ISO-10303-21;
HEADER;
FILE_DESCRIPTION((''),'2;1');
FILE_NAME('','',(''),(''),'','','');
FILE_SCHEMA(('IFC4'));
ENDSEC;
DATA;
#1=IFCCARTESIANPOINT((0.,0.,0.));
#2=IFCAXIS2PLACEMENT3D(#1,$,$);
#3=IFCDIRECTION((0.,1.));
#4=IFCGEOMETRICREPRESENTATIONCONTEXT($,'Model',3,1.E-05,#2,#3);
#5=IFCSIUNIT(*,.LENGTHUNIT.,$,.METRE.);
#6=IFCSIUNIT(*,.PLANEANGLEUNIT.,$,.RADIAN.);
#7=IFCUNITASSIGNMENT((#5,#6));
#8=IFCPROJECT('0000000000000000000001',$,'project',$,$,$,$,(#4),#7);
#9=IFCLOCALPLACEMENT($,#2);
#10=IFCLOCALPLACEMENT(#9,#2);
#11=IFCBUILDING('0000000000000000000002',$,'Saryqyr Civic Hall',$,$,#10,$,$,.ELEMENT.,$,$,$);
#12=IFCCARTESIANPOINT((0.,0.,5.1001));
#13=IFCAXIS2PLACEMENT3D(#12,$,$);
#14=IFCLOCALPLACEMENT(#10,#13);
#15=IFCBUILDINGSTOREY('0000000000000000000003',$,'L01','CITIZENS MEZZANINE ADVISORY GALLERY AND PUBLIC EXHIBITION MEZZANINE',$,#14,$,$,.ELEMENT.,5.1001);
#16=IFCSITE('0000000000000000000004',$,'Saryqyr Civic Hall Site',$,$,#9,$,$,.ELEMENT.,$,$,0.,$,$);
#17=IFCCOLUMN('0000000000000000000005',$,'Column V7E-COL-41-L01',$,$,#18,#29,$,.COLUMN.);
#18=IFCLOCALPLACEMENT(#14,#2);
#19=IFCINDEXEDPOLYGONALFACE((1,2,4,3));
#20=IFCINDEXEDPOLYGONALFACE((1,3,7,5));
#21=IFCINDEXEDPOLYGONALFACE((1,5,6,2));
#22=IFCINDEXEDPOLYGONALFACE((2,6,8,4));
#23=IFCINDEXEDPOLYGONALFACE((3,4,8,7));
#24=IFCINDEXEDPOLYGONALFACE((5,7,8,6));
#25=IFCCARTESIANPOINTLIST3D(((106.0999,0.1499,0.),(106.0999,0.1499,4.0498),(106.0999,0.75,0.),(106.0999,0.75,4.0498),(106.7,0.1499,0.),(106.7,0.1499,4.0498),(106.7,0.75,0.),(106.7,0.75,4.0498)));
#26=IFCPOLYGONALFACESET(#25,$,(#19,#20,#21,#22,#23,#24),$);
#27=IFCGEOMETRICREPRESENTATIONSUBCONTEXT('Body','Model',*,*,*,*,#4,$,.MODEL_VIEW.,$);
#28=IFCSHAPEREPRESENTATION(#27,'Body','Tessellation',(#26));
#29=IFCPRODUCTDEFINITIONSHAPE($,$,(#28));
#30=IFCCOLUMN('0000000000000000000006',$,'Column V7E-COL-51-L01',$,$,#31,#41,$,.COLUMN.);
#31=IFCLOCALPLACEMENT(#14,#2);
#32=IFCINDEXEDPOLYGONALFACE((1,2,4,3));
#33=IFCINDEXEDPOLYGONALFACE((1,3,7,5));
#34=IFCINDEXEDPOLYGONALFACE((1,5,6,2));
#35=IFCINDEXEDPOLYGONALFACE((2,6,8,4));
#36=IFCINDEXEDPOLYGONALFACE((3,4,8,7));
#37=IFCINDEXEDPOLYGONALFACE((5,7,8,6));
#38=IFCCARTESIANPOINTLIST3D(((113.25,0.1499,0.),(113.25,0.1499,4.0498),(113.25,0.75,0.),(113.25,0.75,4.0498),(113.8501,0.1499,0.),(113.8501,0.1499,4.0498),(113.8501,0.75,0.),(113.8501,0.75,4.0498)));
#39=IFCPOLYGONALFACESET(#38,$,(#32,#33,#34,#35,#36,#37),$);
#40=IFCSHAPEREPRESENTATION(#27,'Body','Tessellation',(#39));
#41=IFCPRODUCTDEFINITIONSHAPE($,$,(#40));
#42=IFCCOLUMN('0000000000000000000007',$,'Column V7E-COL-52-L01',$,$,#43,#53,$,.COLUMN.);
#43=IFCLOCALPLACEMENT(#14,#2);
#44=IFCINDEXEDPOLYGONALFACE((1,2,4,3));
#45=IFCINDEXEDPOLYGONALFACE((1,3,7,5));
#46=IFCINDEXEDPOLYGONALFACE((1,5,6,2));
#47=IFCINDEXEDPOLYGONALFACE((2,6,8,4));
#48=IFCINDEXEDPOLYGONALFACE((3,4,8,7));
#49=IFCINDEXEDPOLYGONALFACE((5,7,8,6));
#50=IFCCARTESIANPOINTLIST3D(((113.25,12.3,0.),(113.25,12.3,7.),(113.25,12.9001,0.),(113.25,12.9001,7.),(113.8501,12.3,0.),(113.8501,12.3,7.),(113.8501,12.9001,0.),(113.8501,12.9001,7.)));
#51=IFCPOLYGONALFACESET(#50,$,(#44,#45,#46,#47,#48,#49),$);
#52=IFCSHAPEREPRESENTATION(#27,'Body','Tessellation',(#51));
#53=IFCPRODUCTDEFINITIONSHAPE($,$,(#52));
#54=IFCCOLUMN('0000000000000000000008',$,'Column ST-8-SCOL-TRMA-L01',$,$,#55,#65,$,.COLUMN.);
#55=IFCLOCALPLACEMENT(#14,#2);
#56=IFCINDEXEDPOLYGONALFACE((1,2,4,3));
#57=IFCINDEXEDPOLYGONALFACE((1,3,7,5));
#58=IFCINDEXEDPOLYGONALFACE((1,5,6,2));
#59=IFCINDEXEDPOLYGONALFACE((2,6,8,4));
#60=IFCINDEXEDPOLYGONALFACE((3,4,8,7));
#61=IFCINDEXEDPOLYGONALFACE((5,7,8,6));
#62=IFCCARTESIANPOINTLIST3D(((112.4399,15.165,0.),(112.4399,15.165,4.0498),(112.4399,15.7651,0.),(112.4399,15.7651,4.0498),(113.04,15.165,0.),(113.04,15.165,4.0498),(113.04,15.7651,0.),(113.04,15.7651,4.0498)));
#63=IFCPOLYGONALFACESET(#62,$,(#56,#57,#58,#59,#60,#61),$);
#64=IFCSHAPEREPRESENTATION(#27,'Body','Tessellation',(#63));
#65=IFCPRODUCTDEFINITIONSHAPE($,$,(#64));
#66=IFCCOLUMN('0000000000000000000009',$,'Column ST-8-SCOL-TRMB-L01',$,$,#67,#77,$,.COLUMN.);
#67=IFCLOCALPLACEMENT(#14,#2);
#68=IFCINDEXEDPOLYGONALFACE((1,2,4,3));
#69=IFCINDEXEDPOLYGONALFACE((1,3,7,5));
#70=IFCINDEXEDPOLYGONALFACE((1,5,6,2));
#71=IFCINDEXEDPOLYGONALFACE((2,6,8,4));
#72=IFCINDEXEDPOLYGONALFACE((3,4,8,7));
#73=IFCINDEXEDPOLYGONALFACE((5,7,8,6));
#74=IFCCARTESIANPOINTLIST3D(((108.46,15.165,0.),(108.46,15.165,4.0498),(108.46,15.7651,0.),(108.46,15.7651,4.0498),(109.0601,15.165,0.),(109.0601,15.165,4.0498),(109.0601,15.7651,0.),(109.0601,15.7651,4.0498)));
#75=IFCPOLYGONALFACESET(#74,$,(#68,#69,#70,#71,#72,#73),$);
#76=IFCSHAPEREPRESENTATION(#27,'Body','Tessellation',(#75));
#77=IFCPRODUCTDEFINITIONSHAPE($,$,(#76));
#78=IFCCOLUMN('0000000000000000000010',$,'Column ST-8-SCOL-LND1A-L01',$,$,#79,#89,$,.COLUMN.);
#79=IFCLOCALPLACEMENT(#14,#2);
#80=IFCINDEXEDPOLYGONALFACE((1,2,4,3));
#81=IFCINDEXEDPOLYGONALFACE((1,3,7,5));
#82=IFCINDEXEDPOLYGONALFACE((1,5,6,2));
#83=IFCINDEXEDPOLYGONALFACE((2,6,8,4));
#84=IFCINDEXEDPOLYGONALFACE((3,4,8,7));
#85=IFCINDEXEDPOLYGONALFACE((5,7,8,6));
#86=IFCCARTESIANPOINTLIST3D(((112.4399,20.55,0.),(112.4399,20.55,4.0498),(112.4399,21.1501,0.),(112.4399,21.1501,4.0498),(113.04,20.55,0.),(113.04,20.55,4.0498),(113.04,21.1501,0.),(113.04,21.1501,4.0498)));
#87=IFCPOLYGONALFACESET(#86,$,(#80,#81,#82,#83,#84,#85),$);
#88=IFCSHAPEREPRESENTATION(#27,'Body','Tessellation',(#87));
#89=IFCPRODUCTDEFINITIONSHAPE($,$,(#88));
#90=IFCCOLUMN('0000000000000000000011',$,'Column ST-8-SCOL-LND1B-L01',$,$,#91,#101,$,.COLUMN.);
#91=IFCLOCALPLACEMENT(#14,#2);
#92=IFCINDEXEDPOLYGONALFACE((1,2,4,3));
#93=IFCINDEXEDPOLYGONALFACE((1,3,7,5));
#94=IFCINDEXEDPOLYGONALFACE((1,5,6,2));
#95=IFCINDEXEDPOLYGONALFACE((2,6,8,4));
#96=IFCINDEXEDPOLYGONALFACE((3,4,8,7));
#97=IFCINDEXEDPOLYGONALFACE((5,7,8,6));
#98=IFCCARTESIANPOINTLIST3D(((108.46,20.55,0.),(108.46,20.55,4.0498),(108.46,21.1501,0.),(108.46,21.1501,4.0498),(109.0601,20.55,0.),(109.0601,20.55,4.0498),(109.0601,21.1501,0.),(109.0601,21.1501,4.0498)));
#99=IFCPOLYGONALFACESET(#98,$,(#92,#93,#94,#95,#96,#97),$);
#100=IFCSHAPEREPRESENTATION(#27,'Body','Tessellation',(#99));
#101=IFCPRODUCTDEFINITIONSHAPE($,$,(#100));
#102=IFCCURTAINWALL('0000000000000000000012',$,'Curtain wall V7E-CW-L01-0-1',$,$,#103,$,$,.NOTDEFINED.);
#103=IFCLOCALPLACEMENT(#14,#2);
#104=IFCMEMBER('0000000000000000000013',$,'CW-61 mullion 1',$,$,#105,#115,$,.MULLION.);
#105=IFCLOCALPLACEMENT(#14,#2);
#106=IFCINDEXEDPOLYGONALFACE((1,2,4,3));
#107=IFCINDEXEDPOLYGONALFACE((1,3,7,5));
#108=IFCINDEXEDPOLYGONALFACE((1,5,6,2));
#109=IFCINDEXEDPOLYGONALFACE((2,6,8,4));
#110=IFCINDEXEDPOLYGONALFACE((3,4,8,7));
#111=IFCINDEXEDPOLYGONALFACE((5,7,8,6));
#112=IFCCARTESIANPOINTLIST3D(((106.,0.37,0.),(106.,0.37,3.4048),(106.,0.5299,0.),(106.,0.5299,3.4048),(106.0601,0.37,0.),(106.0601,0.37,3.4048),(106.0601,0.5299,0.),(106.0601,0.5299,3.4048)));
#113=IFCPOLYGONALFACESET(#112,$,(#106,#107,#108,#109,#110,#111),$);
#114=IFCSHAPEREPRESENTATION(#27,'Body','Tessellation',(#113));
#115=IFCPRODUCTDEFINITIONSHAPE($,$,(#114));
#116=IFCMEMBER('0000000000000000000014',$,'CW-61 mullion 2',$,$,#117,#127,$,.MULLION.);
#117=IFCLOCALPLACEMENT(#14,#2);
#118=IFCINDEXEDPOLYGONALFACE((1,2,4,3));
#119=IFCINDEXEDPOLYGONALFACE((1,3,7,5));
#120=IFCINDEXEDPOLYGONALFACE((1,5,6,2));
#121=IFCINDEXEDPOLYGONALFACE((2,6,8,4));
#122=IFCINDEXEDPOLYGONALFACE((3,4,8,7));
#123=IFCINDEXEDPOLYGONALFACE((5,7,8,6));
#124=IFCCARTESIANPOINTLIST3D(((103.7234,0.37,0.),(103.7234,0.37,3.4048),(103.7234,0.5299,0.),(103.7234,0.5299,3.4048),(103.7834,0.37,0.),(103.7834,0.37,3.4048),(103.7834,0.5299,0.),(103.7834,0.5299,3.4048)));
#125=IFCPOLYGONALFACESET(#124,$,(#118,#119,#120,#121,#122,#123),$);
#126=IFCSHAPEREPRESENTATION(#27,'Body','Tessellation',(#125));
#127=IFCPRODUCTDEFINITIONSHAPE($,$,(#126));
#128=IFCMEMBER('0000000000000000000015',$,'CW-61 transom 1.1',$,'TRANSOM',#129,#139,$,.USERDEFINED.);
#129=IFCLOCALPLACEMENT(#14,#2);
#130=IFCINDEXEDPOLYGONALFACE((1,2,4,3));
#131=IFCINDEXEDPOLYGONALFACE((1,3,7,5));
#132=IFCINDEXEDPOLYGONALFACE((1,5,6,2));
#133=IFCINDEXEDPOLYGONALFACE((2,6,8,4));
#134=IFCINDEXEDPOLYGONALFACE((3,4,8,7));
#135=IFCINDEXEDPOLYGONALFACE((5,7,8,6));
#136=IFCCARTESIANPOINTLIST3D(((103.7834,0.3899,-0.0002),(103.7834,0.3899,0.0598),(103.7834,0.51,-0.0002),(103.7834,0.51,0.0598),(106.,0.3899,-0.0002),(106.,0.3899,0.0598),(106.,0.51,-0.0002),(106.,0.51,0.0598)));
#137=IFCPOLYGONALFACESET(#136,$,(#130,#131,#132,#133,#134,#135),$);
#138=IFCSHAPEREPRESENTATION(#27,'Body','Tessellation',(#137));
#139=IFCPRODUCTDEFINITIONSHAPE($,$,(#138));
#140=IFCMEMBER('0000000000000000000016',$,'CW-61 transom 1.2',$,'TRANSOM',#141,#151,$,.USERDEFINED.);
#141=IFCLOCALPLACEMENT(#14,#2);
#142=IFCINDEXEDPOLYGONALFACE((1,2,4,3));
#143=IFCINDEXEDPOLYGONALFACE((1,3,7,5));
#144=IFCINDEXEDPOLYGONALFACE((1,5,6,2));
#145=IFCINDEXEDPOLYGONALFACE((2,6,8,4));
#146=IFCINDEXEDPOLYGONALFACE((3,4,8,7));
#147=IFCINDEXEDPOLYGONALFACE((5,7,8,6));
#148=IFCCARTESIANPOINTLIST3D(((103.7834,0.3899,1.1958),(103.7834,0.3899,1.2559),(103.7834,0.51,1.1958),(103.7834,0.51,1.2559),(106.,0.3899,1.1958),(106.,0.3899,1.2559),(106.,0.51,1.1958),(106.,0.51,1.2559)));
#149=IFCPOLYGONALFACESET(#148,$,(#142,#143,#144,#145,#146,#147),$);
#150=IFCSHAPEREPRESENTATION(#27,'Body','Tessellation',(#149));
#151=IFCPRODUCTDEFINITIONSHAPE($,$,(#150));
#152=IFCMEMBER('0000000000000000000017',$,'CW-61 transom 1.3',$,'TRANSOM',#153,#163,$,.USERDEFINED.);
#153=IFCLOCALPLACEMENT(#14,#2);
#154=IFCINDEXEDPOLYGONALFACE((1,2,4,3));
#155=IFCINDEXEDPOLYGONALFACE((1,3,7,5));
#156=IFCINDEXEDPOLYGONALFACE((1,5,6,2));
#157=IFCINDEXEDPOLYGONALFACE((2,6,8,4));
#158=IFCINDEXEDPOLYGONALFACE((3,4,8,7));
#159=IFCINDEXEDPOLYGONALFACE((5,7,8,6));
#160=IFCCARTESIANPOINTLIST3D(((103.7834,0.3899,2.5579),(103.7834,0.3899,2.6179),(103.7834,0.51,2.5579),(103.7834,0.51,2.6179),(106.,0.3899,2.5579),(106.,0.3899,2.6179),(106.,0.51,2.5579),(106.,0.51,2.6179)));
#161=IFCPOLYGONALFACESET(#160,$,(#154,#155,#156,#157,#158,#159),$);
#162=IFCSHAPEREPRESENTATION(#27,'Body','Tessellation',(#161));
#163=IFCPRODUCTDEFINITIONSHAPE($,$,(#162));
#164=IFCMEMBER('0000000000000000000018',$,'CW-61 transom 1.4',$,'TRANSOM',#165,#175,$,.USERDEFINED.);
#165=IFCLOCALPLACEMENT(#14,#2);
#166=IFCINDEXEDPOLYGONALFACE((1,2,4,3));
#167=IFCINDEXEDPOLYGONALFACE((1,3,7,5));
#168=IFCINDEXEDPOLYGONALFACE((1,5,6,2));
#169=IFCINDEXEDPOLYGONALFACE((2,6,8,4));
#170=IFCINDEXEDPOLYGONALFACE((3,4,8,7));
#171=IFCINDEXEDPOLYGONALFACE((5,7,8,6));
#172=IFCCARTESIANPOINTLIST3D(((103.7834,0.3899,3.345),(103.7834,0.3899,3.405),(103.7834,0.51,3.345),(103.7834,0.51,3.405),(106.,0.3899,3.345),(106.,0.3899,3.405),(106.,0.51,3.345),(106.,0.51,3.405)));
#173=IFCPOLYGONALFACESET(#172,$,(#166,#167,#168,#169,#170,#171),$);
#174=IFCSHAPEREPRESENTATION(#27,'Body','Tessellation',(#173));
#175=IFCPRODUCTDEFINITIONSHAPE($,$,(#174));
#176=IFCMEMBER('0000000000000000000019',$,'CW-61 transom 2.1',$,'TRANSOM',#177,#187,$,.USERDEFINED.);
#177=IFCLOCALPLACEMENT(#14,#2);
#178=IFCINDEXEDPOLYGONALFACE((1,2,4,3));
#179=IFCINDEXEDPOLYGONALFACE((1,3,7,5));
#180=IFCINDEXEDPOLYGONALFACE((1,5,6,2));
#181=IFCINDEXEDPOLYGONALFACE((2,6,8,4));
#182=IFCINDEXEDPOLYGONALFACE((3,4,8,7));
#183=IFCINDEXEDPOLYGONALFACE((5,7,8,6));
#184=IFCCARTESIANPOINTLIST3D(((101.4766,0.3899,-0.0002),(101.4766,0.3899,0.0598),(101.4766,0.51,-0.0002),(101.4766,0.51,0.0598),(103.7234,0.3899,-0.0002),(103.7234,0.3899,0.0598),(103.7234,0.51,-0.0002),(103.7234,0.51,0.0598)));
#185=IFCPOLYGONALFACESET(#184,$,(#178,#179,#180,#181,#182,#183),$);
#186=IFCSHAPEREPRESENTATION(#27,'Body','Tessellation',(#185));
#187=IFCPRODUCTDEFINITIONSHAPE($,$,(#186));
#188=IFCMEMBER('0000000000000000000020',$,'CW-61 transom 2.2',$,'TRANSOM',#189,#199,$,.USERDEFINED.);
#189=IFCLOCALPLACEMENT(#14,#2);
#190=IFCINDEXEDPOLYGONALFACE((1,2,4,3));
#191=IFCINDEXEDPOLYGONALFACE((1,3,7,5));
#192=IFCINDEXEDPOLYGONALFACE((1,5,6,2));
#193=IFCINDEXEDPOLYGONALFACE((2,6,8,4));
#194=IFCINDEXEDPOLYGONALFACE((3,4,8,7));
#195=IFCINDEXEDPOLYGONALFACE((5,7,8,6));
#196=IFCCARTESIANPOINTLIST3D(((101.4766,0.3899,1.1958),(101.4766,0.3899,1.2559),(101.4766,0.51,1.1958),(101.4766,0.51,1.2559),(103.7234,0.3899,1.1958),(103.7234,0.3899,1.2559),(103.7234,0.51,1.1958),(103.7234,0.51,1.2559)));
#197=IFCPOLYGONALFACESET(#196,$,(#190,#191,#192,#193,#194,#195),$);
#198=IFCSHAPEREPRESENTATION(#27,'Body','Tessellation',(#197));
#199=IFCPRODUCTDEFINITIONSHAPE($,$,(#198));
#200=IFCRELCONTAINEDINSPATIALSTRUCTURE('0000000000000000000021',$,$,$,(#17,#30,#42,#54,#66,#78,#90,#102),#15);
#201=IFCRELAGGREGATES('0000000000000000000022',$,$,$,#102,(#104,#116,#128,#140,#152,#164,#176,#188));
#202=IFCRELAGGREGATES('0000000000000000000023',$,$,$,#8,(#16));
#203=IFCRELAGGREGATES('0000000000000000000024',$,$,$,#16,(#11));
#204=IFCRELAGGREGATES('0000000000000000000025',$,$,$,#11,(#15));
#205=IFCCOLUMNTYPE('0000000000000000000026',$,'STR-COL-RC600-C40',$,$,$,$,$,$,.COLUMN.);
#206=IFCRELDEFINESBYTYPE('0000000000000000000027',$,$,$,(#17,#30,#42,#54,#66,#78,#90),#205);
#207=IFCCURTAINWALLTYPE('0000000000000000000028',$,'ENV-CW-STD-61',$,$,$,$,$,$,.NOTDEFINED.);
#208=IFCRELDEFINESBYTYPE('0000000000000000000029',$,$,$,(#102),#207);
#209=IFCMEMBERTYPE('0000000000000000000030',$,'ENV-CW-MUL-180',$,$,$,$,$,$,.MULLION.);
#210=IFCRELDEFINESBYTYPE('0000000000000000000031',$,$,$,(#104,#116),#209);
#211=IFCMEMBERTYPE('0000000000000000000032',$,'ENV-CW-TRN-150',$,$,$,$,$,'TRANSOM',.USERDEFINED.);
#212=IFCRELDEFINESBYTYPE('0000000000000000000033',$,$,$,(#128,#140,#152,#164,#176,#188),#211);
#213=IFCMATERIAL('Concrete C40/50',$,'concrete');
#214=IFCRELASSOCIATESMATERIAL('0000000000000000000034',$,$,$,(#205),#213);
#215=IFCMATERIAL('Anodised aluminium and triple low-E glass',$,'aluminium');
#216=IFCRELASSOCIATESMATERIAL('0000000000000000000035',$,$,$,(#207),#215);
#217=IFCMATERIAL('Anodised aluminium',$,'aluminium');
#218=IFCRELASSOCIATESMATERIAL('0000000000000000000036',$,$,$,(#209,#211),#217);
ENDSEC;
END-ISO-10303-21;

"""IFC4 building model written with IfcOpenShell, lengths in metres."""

from ifc_helpers import new_model, si_unit, direction, frame, origin, origin_2d, place, context, subcontext, project, spatial, rectangle, extrude, material, material_profile, profile_set, type_object, element, aggregate, save


model = new_model("IFC4")

# Units and contexts
model_context = context("Model", 3, precision=1e-05, world=origin(), true_north=direction((0.0, 1.0)))
body_context = subcontext(model_context, "Body", "Model", "MODEL_VIEW")
ifc_project = project(units=[si_unit("LENGTHUNIT", "METRE"), si_unit("PLANEANGLEUNIT", "RADIAN")], contexts=[model_context])

# Site, building, storey
site_placement = place(None, origin())
site = spatial("IfcSite", under=ifc_project, at=site_placement, Name="Saryqyr Civic Hall Site", CompositionType="ELEMENT", RefElevation=0.0)
building_placement = place(site_placement, origin())
building = spatial("IfcBuilding", under=site, at=building_placement, Name="Saryqyr Civic Hall", CompositionType="ELEMENT")
storey_placement = place(building_placement, frame((0.0, 0.0, 5.1001)))
storey = spatial("IfcBuildingStorey", under=building, at=storey_placement, Name="L01", Description="CITIZENS MEZZANINE ADVISORY GALLERY AND PUBLIC EXHIBITION MEZZANINE", CompositionType="ELEMENT", Elevation=5.1001)

# Columns
ifc_material_1 = material(Name="Concrete C40/50", Category="concrete")
ifc_material_profile_1 = material_profile(ifc_material_1, rectangle(XDim=0.6001, YDim=0.6001, at=origin_2d()), Name="RC 600x600")
ifc_profile_set_1 = profile_set([ifc_material_profile_1], Name="Concrete C40/50")
column_type = type_object("IfcColumnType", Name="STR-COL-RC600-C40", PredefinedType="COLUMN", material=ifc_profile_set_1)
for number, where, z_axis, x_axis, name in (
    (1, (106.3999, 0.45, 0.0), (0.0, 0.0, 1.0), (1.0, 0.0, 0.0), "Column V7E-COL-41-L01"),
    (2, (113.55, 0.45, 0.0), (0.0, 0.0, 1.0), (1.0, 0.0, 0.0), "Column V7E-COL-51-L01"),
):
    element("IfcColumn", number, at=place(storey_placement, frame(where, z_axis=z_axis, x_axis=x_axis)), inside=storey, type_object=column_type, Name=name, PredefinedType="COLUMN", context=body_context, shape_type="SweptSolid", body=[
        extrude(rectangle(XDim=0.6001, YDim=0.6001, at=origin_2d()), origin(), (0.0, 0.0, 1.0), 4.0498),
    ])
column_placement = place(storey_placement, frame((113.55, 12.6001, 0.0), z_axis=(0.0, 0.0, 1.0), x_axis=(1.0, 0.0, 0.0)))
element("IfcColumn", 3, at=column_placement, inside=storey, type_object=column_type, Name="Column V7E-COL-52-L01", PredefinedType="COLUMN", context=body_context, shape_type="SweptSolid", body=[
    extrude(rectangle(XDim=0.6001, YDim=0.6001, at=origin_2d()), origin(), (0.0, 0.0, 1.0), 7.0),
])
for number, where, z_axis, x_axis, name in (
    (4, (112.74, 15.4651, 0.0), (0.0, 0.0, 1.0), (1.0, 0.0, 0.0), "Column ST-8-SCOL-TRMA-L01"),
    (5, (108.76, 15.4651, 0.0), (0.0, 0.0, 1.0), (1.0, 0.0, 0.0), "Column ST-8-SCOL-TRMB-L01"),
    (6, (112.74, 20.8501, 0.0), (0.0, 0.0, 1.0), (1.0, 0.0, 0.0), "Column ST-8-SCOL-LND1A-L01"),
    (7, (108.76, 20.8501, 0.0), (0.0, 0.0, 1.0), (1.0, 0.0, 0.0), "Column ST-8-SCOL-LND1B-L01"),
):
    element("IfcColumn", number, at=place(storey_placement, frame(where, z_axis=z_axis, x_axis=x_axis)), inside=storey, type_object=column_type, Name=name, PredefinedType="COLUMN", context=body_context, shape_type="SweptSolid", body=[
        extrude(rectangle(XDim=0.6001, YDim=0.6001, at=origin_2d()), origin(), (0.0, 0.0, 1.0), 4.0498),
    ])

# Curtain wall, members
ifc_material_2 = material(Name="Anodised aluminium and triple low-E glass", Category="aluminium")
curtain_wall_type = type_object("IfcCurtainWallType", Name="ENV-CW-STD-61", PredefinedType="NOTDEFINED", material=ifc_material_2)
curtain_wall_placement = place(storey_placement, origin())
curtain_wall = element("IfcCurtainWall", 8, at=curtain_wall_placement, inside=storey, type_object=curtain_wall_type, Name="Curtain wall V7E-CW-L01-0-1", PredefinedType="NOTDEFINED")
ifc_material_3 = material(Name="Anodised aluminium", Category="aluminium")
ifc_material_profile_2 = material_profile(ifc_material_3, rectangle(XDim=0.0601, YDim=0.1599, at=origin_2d()), Name="ALU MULLION 60x160")
ifc_profile_set_2 = profile_set([ifc_material_profile_2], Name="Anodised aluminium")
member_type_1 = type_object("IfcMemberType", Name="ENV-CW-MUL-180", PredefinedType="MULLION", material=ifc_profile_set_2)
member_1_placement = place(storey_placement, frame((106.03, 0.45, 0.0), z_axis=(0.0, 0.0, 1.0), x_axis=(-1.0, 0.0, 0.0)))
member_1 = element("IfcMember", 9, at=member_1_placement, type_object=member_type_1, Name="CW-61 mullion 1", PredefinedType="MULLION", context=body_context, shape_type="SweptSolid", body=[
    extrude(rectangle(XDim=0.0601, YDim=0.1599, at=origin_2d()), origin(), (0.0, 0.0, 1.0), 3.4048),
])
member_2_placement = place(storey_placement, frame((103.7534, 0.45, 0.0), z_axis=(0.0, 0.0, 1.0), x_axis=(-1.0, 0.0, 0.0)))
member_2 = element("IfcMember", 10, at=member_2_placement, type_object=member_type_1, Name="CW-61 mullion 2", PredefinedType="MULLION", context=body_context, shape_type="SweptSolid", body=[
    extrude(rectangle(XDim=0.0601, YDim=0.1599, at=origin_2d()), origin(), (0.0, 0.0, 1.0), 3.4048),
])
ifc_material_profile_3 = material_profile(ifc_material_3, rectangle(XDim=0.1201, YDim=0.0601, at=origin_2d()), Name="ALU TRANSOM 120x60")
ifc_profile_set_3 = profile_set([ifc_material_profile_3], Name="Anodised aluminium")
member_type_2 = type_object("IfcMemberType", Name="ENV-CW-TRN-150", ElementType="TRANSOM", PredefinedType="USERDEFINED", material=ifc_profile_set_3)
member_3_placement = place(storey_placement, frame((106.0, 0.45, 0.0298), z_axis=(-1.0, 0.0, 0.0), x_axis=(0.0, -1.0, 0.0)))
member_3 = element("IfcMember", 11, at=member_3_placement, type_object=member_type_2, Name="CW-61 transom 1.1", ObjectType="TRANSOM", PredefinedType="USERDEFINED", context=body_context, shape_type="SweptSolid", body=[
    extrude(rectangle(XDim=0.1201, YDim=0.0601, at=origin_2d()), origin(), (0.0, 0.0, 1.0), 2.2166),
])
member_4_placement = place(storey_placement, frame((106.0, 0.45, 1.2258), z_axis=(-1.0, 0.0, 0.0), x_axis=(0.0, -1.0, 0.0)))
member_4 = element("IfcMember", 12, at=member_4_placement, type_object=member_type_2, Name="CW-61 transom 1.2", ObjectType="TRANSOM", PredefinedType="USERDEFINED", context=body_context, shape_type="SweptSolid", body=[
    extrude(rectangle(XDim=0.1201, YDim=0.0601, at=origin_2d()), origin(), (0.0, 0.0, 1.0), 2.2166),
])
member_5_placement = place(storey_placement, frame((106.0, 0.45, 2.5879), z_axis=(-1.0, 0.0, 0.0), x_axis=(0.0, -1.0, 0.0)))
member_5 = element("IfcMember", 13, at=member_5_placement, type_object=member_type_2, Name="CW-61 transom 1.3", ObjectType="TRANSOM", PredefinedType="USERDEFINED", context=body_context, shape_type="SweptSolid", body=[
    extrude(rectangle(XDim=0.1201, YDim=0.0601, at=origin_2d()), origin(), (0.0, 0.0, 1.0), 2.2166),
])
member_6_placement = place(storey_placement, frame((106.0, 0.45, 3.375), z_axis=(-1.0, 0.0, 0.0), x_axis=(0.0, -1.0, 0.0)))
member_6 = element("IfcMember", 14, at=member_6_placement, type_object=member_type_2, Name="CW-61 transom 1.4", ObjectType="TRANSOM", PredefinedType="USERDEFINED", context=body_context, shape_type="SweptSolid", body=[
    extrude(rectangle(XDim=0.1201, YDim=0.0601, at=origin_2d()), origin(), (0.0, 0.0, 1.0), 2.2166),
])
member_7_placement = place(storey_placement, frame((103.7234, 0.45, 0.0298), z_axis=(-1.0, 0.0, 0.0), x_axis=(0.0, -1.0, 0.0)))
member_7 = element("IfcMember", 15, at=member_7_placement, type_object=member_type_2, Name="CW-61 transom 2.1", ObjectType="TRANSOM", PredefinedType="USERDEFINED", context=body_context, shape_type="SweptSolid", body=[
    extrude(rectangle(XDim=0.1201, YDim=0.0601, at=origin_2d()), origin(), (0.0, 0.0, 1.0), 2.2468),
])
member_8_placement = place(storey_placement, frame((103.7234, 0.45, 1.2258), z_axis=(-1.0, 0.0, 0.0), x_axis=(0.0, -1.0, 0.0)))
member_8 = element("IfcMember", 16, at=member_8_placement, type_object=member_type_2, Name="CW-61 transom 2.2", ObjectType="TRANSOM", PredefinedType="USERDEFINED", context=body_context, shape_type="SweptSolid", body=[
    extrude(rectangle(XDim=0.1201, YDim=0.0601, at=origin_2d()), origin(), (0.0, 0.0, 1.0), 2.2468),
])

aggregate(curtain_wall, [member_1, member_2, member_3, member_4, member_5, member_6, member_7, member_8])

save(model, "model.ifc")
